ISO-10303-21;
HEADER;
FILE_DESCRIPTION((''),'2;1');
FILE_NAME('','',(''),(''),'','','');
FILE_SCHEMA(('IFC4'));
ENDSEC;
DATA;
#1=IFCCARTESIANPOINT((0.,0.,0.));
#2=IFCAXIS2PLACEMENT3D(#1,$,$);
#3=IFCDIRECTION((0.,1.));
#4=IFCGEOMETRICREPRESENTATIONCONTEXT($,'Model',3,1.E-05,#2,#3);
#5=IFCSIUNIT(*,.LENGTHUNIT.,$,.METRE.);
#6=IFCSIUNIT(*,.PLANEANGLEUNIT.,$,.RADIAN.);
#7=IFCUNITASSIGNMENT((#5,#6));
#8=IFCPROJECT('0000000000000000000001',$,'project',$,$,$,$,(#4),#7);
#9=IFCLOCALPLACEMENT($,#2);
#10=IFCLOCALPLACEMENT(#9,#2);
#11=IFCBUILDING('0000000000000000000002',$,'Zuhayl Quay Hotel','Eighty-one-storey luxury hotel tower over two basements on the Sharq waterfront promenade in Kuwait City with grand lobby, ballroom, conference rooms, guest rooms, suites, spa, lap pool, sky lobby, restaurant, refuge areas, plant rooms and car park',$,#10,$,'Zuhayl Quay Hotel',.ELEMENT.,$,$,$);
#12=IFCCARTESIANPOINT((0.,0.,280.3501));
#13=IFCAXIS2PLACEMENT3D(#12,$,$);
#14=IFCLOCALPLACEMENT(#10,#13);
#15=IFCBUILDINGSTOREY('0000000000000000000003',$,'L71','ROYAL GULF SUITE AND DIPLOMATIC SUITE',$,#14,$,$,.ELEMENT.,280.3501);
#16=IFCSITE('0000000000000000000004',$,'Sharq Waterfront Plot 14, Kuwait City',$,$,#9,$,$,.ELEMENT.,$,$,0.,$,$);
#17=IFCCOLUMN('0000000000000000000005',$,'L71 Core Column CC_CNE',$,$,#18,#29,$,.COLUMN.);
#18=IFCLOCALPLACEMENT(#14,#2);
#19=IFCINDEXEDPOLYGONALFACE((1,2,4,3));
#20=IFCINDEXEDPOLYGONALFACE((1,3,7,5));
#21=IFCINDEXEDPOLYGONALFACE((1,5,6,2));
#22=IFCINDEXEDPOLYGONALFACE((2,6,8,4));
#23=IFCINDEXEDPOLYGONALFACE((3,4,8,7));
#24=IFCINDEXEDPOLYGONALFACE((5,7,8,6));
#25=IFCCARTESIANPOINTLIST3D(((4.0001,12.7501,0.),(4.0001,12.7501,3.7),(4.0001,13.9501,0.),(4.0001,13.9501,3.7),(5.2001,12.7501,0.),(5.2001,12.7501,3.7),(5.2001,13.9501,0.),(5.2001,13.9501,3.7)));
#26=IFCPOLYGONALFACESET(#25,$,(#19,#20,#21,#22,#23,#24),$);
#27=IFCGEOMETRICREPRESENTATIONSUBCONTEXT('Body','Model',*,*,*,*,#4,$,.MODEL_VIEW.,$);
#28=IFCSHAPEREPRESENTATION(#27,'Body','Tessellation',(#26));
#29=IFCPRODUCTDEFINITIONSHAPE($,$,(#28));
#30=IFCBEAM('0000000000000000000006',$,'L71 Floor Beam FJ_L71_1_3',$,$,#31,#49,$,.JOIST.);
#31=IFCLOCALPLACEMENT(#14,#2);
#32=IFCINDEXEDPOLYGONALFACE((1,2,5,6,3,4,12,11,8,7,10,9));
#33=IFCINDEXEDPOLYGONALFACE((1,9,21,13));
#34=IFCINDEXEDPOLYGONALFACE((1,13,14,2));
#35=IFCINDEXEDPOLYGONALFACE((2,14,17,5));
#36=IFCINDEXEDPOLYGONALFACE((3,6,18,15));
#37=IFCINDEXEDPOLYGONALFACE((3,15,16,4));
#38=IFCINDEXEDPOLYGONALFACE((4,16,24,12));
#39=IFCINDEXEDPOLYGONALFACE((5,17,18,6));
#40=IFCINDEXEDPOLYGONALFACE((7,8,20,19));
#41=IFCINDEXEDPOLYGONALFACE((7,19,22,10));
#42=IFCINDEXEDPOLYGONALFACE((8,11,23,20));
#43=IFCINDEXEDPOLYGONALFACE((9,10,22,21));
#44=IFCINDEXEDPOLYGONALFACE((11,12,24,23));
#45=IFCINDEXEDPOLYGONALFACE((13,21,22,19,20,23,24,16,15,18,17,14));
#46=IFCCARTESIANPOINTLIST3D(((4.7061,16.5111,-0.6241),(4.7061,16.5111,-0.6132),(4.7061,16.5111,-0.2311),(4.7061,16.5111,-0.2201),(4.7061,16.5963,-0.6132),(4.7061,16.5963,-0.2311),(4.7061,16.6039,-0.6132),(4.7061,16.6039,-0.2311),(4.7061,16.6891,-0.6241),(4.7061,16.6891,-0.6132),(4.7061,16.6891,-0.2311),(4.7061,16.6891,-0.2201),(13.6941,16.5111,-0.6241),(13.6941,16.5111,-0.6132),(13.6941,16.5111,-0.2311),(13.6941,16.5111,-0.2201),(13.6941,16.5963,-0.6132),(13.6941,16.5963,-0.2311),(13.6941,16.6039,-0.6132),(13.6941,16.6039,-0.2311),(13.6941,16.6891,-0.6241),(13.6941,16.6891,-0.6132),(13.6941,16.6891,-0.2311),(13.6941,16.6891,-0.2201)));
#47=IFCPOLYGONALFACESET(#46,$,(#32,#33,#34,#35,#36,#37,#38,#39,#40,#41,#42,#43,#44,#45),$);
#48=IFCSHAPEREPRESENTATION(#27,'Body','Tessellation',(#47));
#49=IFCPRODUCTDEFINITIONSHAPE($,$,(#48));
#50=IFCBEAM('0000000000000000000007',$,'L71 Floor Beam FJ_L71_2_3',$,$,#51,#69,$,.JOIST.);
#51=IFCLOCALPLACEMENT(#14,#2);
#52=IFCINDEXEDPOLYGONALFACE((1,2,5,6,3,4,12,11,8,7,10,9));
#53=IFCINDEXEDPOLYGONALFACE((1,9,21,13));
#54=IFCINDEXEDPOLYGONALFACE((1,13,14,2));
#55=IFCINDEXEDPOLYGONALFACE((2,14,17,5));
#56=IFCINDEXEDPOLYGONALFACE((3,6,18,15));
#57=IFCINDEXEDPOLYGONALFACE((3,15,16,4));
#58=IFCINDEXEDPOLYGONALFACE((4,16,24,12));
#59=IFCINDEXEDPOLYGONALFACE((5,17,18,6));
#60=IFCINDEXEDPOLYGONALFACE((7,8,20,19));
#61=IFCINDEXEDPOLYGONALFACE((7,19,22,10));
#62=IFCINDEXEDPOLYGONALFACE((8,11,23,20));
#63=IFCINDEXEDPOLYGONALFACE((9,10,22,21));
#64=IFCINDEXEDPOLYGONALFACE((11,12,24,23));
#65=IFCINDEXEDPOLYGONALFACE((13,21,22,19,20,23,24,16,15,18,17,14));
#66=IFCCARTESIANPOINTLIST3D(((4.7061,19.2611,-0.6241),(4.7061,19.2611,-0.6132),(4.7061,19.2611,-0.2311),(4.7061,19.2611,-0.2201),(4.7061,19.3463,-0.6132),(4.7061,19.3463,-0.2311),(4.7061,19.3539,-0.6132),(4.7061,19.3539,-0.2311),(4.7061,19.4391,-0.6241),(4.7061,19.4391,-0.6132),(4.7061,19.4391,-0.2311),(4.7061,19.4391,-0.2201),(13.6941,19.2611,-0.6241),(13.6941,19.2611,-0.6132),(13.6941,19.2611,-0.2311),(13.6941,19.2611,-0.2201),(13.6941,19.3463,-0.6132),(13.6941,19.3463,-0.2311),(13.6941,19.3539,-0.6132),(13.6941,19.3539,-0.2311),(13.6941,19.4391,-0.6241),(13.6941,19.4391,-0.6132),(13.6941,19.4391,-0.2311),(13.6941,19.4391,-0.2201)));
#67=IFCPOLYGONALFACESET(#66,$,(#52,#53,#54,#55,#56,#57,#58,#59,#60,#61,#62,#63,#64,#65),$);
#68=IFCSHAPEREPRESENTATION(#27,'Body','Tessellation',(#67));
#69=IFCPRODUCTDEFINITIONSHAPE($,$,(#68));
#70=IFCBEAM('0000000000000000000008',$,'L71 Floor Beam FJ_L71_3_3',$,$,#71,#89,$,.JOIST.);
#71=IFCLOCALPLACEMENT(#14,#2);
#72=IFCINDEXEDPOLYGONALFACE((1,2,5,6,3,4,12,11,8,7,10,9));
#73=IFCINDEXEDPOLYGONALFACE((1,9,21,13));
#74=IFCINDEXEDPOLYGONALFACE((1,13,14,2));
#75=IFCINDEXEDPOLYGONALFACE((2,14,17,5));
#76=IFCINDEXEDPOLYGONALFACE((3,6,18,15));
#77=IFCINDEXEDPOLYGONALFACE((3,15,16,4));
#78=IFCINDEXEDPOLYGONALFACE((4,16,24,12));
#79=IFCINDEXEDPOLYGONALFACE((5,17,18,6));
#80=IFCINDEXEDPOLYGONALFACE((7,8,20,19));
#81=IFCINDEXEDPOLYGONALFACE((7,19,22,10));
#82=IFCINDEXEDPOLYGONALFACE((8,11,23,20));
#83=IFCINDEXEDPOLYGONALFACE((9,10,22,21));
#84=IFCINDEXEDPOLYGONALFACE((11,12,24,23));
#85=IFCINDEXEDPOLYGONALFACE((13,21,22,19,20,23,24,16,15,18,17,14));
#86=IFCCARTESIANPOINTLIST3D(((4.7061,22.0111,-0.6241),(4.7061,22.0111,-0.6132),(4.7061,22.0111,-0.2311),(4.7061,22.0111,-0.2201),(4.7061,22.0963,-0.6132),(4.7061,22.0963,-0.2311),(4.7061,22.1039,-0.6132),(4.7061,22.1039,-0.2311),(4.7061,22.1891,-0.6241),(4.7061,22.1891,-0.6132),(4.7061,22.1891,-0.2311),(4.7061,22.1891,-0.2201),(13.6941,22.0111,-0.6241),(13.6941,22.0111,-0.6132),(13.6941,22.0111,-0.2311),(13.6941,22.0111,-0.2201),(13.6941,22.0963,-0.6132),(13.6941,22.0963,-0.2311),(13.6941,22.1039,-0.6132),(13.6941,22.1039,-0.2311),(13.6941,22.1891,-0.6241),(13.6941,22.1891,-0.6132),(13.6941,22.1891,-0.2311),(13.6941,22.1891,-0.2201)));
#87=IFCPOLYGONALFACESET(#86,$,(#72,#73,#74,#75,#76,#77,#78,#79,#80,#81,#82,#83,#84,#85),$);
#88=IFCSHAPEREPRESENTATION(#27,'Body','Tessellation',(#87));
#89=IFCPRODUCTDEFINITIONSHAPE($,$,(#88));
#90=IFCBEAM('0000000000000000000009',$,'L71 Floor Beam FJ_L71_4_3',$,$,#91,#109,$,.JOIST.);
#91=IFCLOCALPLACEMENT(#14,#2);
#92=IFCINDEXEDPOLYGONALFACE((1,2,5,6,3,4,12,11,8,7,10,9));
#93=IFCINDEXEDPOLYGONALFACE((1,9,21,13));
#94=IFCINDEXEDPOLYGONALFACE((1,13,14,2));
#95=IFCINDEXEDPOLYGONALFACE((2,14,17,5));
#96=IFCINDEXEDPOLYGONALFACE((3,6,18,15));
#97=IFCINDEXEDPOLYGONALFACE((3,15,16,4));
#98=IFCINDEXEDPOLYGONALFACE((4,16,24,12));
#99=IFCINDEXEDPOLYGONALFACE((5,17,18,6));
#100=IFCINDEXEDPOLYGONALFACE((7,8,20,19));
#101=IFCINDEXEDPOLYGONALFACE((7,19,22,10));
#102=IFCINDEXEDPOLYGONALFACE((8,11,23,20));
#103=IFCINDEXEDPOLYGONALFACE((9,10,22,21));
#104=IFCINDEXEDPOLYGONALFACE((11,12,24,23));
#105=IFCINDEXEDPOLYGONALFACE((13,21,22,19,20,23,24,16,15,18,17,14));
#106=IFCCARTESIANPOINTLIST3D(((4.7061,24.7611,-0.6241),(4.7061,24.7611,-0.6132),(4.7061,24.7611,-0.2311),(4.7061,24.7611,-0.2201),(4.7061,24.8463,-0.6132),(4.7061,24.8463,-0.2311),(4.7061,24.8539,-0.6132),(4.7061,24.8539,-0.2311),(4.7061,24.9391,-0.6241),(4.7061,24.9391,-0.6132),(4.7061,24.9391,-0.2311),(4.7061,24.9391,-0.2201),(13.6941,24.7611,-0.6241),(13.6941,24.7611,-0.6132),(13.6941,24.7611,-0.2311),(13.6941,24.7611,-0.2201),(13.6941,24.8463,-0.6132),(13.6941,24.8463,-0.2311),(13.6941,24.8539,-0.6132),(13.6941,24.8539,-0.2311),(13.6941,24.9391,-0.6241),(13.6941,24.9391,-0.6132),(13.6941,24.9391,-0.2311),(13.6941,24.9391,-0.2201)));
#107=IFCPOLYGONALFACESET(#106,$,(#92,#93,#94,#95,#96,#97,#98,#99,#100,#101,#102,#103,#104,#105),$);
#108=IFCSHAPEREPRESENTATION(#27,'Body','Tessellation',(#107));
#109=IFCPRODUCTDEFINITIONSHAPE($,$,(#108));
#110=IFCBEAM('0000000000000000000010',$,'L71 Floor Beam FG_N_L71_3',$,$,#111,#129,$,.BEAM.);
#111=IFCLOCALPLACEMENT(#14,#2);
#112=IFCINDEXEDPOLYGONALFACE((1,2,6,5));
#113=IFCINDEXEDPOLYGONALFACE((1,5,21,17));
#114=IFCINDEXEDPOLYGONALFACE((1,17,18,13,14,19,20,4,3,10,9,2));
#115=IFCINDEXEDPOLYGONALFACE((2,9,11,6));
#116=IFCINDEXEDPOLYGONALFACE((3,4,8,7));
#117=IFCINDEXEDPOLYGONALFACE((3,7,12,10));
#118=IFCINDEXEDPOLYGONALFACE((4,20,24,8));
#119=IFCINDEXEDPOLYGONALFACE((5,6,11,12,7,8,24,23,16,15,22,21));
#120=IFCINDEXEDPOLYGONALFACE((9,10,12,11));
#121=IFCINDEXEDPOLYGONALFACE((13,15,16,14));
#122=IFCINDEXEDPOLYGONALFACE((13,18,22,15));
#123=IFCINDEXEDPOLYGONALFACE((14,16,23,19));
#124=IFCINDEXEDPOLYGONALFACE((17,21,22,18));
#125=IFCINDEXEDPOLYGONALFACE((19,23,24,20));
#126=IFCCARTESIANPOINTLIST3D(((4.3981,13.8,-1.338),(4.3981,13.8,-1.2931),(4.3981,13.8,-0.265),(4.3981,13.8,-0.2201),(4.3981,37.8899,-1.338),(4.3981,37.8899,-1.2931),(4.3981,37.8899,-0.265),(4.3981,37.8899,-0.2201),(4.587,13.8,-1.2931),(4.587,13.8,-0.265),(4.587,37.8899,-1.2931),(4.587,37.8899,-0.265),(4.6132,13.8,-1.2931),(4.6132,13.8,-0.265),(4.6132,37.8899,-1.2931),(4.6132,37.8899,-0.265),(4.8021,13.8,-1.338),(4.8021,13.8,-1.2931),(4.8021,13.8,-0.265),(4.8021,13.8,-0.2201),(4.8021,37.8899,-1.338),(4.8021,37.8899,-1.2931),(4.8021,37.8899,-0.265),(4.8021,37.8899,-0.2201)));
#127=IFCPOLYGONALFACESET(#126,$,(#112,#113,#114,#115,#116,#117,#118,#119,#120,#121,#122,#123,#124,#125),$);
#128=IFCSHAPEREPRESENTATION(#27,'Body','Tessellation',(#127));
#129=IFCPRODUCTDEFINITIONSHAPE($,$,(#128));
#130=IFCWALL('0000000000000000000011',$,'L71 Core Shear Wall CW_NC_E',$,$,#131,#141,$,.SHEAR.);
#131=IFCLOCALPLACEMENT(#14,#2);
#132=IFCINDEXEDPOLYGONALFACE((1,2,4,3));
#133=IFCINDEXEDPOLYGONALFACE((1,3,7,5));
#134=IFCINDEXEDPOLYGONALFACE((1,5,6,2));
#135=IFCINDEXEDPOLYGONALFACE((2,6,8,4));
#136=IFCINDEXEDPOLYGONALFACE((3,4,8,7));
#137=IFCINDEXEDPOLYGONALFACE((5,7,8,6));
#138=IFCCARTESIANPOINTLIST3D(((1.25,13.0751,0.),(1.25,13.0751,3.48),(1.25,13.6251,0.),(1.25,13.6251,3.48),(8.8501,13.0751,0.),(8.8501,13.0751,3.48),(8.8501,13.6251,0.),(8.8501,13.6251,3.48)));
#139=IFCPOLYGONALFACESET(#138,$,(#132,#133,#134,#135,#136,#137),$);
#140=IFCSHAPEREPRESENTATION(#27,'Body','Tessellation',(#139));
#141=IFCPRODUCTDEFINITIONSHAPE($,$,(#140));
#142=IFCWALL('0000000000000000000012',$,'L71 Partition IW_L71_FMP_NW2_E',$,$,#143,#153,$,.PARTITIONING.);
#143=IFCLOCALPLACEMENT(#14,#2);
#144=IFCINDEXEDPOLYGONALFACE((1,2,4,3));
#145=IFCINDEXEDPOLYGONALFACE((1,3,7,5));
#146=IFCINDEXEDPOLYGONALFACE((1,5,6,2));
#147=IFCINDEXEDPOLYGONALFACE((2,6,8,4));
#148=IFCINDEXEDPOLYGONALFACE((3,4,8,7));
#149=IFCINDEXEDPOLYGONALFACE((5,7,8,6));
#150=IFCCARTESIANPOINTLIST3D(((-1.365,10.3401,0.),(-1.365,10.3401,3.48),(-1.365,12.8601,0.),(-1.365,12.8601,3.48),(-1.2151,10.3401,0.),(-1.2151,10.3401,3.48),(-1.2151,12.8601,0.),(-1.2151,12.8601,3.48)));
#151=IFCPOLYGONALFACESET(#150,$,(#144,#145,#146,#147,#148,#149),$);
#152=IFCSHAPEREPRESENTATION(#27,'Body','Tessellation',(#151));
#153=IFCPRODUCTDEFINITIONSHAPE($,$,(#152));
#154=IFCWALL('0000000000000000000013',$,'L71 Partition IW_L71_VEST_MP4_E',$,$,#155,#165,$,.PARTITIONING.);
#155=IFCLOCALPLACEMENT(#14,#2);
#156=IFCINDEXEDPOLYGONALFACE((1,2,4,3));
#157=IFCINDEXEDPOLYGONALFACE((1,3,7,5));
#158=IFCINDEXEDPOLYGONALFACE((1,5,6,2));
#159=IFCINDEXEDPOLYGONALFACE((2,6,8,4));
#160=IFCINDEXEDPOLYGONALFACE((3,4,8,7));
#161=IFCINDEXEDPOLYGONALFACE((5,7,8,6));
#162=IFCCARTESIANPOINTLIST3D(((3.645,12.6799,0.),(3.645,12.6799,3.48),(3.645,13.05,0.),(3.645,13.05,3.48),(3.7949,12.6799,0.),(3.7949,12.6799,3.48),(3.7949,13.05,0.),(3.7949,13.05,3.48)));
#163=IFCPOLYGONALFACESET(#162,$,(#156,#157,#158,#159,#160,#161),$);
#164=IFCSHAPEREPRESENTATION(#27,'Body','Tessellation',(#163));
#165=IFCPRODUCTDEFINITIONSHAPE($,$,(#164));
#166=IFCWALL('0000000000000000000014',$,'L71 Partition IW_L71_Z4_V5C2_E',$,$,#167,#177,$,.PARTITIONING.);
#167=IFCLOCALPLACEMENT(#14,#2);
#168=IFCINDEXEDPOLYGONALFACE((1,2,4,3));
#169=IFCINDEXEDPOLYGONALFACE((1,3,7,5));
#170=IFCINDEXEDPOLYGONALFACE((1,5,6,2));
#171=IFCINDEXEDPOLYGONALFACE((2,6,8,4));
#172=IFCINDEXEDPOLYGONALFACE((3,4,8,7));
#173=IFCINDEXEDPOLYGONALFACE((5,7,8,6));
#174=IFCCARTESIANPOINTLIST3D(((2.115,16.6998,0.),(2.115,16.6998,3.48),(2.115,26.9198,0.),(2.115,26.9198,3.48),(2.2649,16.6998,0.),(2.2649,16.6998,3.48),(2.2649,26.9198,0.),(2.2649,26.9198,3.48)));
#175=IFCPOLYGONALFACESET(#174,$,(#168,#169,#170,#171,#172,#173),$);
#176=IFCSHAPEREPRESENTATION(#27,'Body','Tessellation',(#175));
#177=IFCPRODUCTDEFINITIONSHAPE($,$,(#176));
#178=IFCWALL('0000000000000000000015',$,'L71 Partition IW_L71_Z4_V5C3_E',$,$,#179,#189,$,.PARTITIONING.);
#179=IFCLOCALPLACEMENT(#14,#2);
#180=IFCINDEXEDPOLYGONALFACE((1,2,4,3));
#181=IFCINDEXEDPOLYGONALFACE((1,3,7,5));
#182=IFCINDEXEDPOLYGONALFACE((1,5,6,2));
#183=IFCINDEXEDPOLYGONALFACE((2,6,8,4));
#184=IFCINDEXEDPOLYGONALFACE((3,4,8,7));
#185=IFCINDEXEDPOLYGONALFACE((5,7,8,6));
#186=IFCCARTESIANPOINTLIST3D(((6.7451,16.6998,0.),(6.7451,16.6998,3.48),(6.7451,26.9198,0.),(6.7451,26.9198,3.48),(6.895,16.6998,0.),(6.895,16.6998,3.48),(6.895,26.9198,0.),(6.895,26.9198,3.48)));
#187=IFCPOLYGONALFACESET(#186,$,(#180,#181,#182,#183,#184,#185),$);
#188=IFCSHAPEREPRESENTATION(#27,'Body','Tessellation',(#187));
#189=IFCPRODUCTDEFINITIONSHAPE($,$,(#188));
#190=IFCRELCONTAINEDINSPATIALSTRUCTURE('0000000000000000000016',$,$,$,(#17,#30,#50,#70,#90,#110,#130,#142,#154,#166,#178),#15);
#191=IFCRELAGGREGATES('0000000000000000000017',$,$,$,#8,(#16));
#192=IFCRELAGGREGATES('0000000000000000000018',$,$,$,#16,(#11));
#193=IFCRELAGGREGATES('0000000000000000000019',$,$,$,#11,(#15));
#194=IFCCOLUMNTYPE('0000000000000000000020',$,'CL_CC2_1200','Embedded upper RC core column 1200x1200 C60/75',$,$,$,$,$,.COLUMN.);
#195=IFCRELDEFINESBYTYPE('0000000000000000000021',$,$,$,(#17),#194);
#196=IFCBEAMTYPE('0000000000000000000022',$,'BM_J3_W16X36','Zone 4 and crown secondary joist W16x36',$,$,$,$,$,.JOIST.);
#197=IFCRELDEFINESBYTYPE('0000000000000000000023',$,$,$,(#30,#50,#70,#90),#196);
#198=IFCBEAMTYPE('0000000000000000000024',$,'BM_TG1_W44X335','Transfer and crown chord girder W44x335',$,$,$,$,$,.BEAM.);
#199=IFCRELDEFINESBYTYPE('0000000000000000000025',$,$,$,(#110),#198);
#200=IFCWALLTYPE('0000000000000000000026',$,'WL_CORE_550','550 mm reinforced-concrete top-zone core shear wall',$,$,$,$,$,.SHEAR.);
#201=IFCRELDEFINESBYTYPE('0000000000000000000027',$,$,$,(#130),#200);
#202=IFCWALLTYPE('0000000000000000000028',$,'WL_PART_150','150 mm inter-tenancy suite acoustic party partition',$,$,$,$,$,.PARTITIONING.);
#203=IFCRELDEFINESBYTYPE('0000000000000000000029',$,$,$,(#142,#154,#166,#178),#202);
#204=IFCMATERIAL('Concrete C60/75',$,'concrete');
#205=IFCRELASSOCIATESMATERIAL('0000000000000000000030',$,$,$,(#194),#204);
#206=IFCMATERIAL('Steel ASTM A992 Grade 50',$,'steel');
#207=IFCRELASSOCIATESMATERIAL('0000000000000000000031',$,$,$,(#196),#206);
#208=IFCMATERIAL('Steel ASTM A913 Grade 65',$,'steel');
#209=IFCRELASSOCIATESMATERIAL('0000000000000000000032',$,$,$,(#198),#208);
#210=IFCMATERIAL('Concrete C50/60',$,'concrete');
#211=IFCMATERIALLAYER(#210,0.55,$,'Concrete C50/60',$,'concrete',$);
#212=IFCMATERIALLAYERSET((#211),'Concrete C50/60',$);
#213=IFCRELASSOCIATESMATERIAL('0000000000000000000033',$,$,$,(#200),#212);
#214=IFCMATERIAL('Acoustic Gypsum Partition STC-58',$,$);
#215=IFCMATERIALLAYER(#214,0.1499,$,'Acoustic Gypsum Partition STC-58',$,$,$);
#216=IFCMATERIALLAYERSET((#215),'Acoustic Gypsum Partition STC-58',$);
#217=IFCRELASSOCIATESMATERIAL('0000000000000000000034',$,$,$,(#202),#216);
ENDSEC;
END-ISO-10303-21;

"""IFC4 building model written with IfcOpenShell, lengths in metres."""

from ifc_helpers import new_model, si_unit, direction, frame, frame_2d, origin, origin_2d, place, context, subcontext, project, spatial, rectangle, i_section, extrude, material, layer, layer_set, material_profile, profile_set, type_object, element, save


model = new_model("IFC4")

# Units and contexts
model_context = context("Model", 3, precision=1e-05, world=origin(), true_north=direction((0.0, 1.0)))
body_context = subcontext(model_context, "Body", "Model", "MODEL_VIEW")
ifc_project = project(units=[si_unit("LENGTHUNIT", "METRE"), si_unit("PLANEANGLEUNIT", "RADIAN")], contexts=[model_context])

# Site, building, storey
site_placement = place(None, origin())
site = spatial("IfcSite", under=ifc_project, at=site_placement, Name="Sharq Waterfront Plot 14, Kuwait City", CompositionType="ELEMENT", RefElevation=0.0)
building_placement = place(site_placement, origin())
building = spatial("IfcBuilding", under=site, at=building_placement, Name="Zuhayl Quay Hotel", Description="Eighty-one-storey luxury hotel tower over two basements on the Sharq waterfront promenade in Kuwait City with grand lobby, ballroom, conference rooms, guest rooms, suites, spa, lap pool, sky lobby, restaurant, refuge areas, plant rooms and car park", LongName="Zuhayl Quay Hotel", CompositionType="ELEMENT")
storey_placement = place(building_placement, frame((0.0, 0.0, 280.3501)))
storey = spatial("IfcBuildingStorey", under=building, at=storey_placement, Name="L71", Description="ROYAL GULF SUITE AND DIPLOMATIC SUITE", CompositionType="ELEMENT", Elevation=280.3501)

# Column
ifc_material_1 = material(Name="Concrete C60/75", Category="concrete")
ifc_material_profile_1 = material_profile(ifc_material_1, rectangle(XDim=1.2, YDim=1.2, at=origin_2d()), Name="RC1200X1200")
ifc_profile_set_1 = profile_set([ifc_material_profile_1], Name="Concrete C60/75")
column_type = type_object("IfcColumnType", Name="CL_CC2_1200", Description="Embedded upper RC core column 1200x1200 C60/75", PredefinedType="COLUMN", material=ifc_profile_set_1)
column_placement = place(storey_placement, frame((4.6001, 13.3501, 0.0), z_axis=(0.0, 0.0, 1.0), x_axis=(1.0, 0.0, 0.0)))
element("IfcColumn", 1, at=column_placement, inside=storey, type_object=column_type, Name="L71 Core Column CC_CNE", PredefinedType="COLUMN", context=body_context, shape_type="SweptSolid", body=[
    extrude(rectangle(XDim=1.2, YDim=1.2, at=origin_2d()), origin(), (0.0, 0.0, 1.0), 3.7),
])

# Beams
ifc_material_2 = material(Name="Steel ASTM A992 Grade 50", Category="steel")
ifc_material_profile_2 = material_profile(ifc_material_2, i_section(OverallWidth=0.178, OverallDepth=0.4041, WebThickness=0.0076, FlangeThickness=0.011, at=origin_2d()), Name="W16X36")
ifc_profile_set_2 = profile_set([ifc_material_profile_2], Name="Steel ASTM A992 Grade 50")
beam_type_1 = type_object("IfcBeamType", Name="BM_J3_W16X36", Description="Zone 4 and crown secondary joist W16x36", PredefinedType="JOIST", material=ifc_profile_set_2)
for number, where, z_axis, x_axis, name in (
    (2, (4.7061, 16.6001, -0.4221), (1.0, 0.0, 0.0), (0.0, 1.0, 0.0), "L71 Floor Beam FJ_L71_1_3"),
    (3, (4.7061, 19.3501, -0.4221), (1.0, 0.0, 0.0), (0.0, 1.0, 0.0), "L71 Floor Beam FJ_L71_2_3"),
    (4, (4.7061, 22.1001, -0.4221), (1.0, 0.0, 0.0), (0.0, 1.0, 0.0), "L71 Floor Beam FJ_L71_3_3"),
    (5, (4.7061, 24.8501, -0.4221), (1.0, 0.0, 0.0), (0.0, 1.0, 0.0), "L71 Floor Beam FJ_L71_4_3"),
):
    element("IfcBeam", number, at=place(storey_placement, frame(where, z_axis=z_axis, x_axis=x_axis)), inside=storey, type_object=beam_type_1, Name=name, PredefinedType="JOIST", context=body_context, shape_type="SweptSolid", body=[
        extrude(i_section(OverallWidth=0.178, OverallDepth=0.4041, WebThickness=0.0076, FlangeThickness=0.011, at=origin_2d()), origin(), (0.0, 0.0, 1.0), 8.988),
    ])
ifc_material_3 = material(Name="Steel ASTM A913 Grade 65", Category="steel")
ifc_material_profile_3 = material_profile(ifc_material_3, i_section(OverallWidth=0.4041, OverallDepth=1.1179, WebThickness=0.0261, FlangeThickness=0.0449, at=origin_2d()), Name="W44X335")
ifc_profile_set_3 = profile_set([ifc_material_profile_3], Name="Steel ASTM A913 Grade 65")
beam_type_2 = type_object("IfcBeamType", Name="BM_TG1_W44X335", Description="Transfer and crown chord girder W44x335", PredefinedType="BEAM", material=ifc_profile_set_3)
beam_placement = place(storey_placement, frame((4.6001, 13.8, -0.7791), z_axis=(0.0, 1.0, 0.0), x_axis=(-1.0, 0.0, 0.0)))
element("IfcBeam", 6, at=beam_placement, inside=storey, type_object=beam_type_2, Name="L71 Floor Beam FG_N_L71_3", PredefinedType="BEAM", context=body_context, shape_type="SweptSolid", body=[
    extrude(i_section(OverallWidth=0.4041, OverallDepth=1.1179, WebThickness=0.0261, FlangeThickness=0.0449, at=origin_2d()), origin(), (0.0, 0.0, 1.0), 24.0898),
])

# Walls
ifc_material_4 = material(Name="Concrete C50/60", Category="concrete")
ifc_layer_1 = layer(ifc_material_4, 0.55, Name="Concrete C50/60", Category="concrete")
ifc_layer_set_1 = layer_set([ifc_layer_1], Name="Concrete C50/60")
wall_type_1 = type_object("IfcWallType", Name="WL_CORE_550", Description="550 mm reinforced-concrete top-zone core shear wall", PredefinedType="SHEAR", material=ifc_layer_set_1)
wall_1_placement = place(storey_placement, frame((1.25, 13.3501, 0.0), z_axis=(0.0, 0.0, 1.0), x_axis=(1.0, 0.0, 0.0)))
element("IfcWall", 7, at=wall_1_placement, inside=storey, type_object=wall_type_1, Name="L71 Core Shear Wall CW_NC_E", PredefinedType="SHEAR", context=body_context, shape_type="SweptSolid", body=[
    extrude(rectangle(XDim=7.6001, YDim=0.55, at=frame_2d((3.8, 0.0))), origin(), (0.0, 0.0, 1.0), 3.48),
])
ifc_material_5 = material(Name="Acoustic Gypsum Partition STC-58")
ifc_layer_2 = layer(ifc_material_5, 0.1499, Name="Acoustic Gypsum Partition STC-58")
ifc_layer_set_2 = layer_set([ifc_layer_2], Name="Acoustic Gypsum Partition STC-58")
wall_type_2 = type_object("IfcWallType", Name="WL_PART_150", Description="150 mm inter-tenancy suite acoustic party partition", PredefinedType="PARTITIONING", material=ifc_layer_set_2)
wall_2_placement = place(storey_placement, frame((-1.29, 10.3401, 0.0), z_axis=(0.0, 0.0, 1.0), x_axis=(0.0, 1.0, 0.0)))
element("IfcWall", 8, at=wall_2_placement, inside=storey, type_object=wall_type_2, Name="L71 Partition IW_L71_FMP_NW2_E", PredefinedType="PARTITIONING", context=body_context, shape_type="SweptSolid", body=[
    extrude(rectangle(XDim=2.52, YDim=0.1499, at=frame_2d((1.26, 0.0))), origin(), (0.0, 0.0, 1.0), 3.48),
])
wall_3_placement = place(storey_placement, frame((3.72, 12.6799, 0.0), z_axis=(0.0, 0.0, 1.0), x_axis=(0.0, 1.0, 0.0)))
element("IfcWall", 9, at=wall_3_placement, inside=storey, type_object=wall_type_2, Name="L71 Partition IW_L71_VEST_MP4_E", PredefinedType="PARTITIONING", context=body_context, shape_type="SweptSolid", body=[
    extrude(rectangle(XDim=0.3701, YDim=0.1499, at=frame_2d((0.1851, 0.0))), origin(), (0.0, 0.0, 1.0), 3.48),
])
for number, where, z_axis, x_axis, name in (
    (10, (2.1899, 16.7, 0.0), (0.0, 0.0, 1.0), (0.0, 1.0, 0.0), "L71 Partition IW_L71_Z4_V5C2_E"),
    (11, (6.8201, 16.7, 0.0), (0.0, 0.0, 1.0), (0.0, 1.0, 0.0), "L71 Partition IW_L71_Z4_V5C3_E"),
):
    element("IfcWall", number, at=place(storey_placement, frame(where, z_axis=z_axis, x_axis=x_axis)), inside=storey, type_object=wall_type_2, Name=name, PredefinedType="PARTITIONING", context=body_context, shape_type="SweptSolid", body=[
        extrude(rectangle(XDim=10.22, YDim=0.1499, at=frame_2d((5.1099, 0.0))), origin(), (0.0, 0.0, 1.0), 3.48),
    ])

save(model, "model.ifc")
